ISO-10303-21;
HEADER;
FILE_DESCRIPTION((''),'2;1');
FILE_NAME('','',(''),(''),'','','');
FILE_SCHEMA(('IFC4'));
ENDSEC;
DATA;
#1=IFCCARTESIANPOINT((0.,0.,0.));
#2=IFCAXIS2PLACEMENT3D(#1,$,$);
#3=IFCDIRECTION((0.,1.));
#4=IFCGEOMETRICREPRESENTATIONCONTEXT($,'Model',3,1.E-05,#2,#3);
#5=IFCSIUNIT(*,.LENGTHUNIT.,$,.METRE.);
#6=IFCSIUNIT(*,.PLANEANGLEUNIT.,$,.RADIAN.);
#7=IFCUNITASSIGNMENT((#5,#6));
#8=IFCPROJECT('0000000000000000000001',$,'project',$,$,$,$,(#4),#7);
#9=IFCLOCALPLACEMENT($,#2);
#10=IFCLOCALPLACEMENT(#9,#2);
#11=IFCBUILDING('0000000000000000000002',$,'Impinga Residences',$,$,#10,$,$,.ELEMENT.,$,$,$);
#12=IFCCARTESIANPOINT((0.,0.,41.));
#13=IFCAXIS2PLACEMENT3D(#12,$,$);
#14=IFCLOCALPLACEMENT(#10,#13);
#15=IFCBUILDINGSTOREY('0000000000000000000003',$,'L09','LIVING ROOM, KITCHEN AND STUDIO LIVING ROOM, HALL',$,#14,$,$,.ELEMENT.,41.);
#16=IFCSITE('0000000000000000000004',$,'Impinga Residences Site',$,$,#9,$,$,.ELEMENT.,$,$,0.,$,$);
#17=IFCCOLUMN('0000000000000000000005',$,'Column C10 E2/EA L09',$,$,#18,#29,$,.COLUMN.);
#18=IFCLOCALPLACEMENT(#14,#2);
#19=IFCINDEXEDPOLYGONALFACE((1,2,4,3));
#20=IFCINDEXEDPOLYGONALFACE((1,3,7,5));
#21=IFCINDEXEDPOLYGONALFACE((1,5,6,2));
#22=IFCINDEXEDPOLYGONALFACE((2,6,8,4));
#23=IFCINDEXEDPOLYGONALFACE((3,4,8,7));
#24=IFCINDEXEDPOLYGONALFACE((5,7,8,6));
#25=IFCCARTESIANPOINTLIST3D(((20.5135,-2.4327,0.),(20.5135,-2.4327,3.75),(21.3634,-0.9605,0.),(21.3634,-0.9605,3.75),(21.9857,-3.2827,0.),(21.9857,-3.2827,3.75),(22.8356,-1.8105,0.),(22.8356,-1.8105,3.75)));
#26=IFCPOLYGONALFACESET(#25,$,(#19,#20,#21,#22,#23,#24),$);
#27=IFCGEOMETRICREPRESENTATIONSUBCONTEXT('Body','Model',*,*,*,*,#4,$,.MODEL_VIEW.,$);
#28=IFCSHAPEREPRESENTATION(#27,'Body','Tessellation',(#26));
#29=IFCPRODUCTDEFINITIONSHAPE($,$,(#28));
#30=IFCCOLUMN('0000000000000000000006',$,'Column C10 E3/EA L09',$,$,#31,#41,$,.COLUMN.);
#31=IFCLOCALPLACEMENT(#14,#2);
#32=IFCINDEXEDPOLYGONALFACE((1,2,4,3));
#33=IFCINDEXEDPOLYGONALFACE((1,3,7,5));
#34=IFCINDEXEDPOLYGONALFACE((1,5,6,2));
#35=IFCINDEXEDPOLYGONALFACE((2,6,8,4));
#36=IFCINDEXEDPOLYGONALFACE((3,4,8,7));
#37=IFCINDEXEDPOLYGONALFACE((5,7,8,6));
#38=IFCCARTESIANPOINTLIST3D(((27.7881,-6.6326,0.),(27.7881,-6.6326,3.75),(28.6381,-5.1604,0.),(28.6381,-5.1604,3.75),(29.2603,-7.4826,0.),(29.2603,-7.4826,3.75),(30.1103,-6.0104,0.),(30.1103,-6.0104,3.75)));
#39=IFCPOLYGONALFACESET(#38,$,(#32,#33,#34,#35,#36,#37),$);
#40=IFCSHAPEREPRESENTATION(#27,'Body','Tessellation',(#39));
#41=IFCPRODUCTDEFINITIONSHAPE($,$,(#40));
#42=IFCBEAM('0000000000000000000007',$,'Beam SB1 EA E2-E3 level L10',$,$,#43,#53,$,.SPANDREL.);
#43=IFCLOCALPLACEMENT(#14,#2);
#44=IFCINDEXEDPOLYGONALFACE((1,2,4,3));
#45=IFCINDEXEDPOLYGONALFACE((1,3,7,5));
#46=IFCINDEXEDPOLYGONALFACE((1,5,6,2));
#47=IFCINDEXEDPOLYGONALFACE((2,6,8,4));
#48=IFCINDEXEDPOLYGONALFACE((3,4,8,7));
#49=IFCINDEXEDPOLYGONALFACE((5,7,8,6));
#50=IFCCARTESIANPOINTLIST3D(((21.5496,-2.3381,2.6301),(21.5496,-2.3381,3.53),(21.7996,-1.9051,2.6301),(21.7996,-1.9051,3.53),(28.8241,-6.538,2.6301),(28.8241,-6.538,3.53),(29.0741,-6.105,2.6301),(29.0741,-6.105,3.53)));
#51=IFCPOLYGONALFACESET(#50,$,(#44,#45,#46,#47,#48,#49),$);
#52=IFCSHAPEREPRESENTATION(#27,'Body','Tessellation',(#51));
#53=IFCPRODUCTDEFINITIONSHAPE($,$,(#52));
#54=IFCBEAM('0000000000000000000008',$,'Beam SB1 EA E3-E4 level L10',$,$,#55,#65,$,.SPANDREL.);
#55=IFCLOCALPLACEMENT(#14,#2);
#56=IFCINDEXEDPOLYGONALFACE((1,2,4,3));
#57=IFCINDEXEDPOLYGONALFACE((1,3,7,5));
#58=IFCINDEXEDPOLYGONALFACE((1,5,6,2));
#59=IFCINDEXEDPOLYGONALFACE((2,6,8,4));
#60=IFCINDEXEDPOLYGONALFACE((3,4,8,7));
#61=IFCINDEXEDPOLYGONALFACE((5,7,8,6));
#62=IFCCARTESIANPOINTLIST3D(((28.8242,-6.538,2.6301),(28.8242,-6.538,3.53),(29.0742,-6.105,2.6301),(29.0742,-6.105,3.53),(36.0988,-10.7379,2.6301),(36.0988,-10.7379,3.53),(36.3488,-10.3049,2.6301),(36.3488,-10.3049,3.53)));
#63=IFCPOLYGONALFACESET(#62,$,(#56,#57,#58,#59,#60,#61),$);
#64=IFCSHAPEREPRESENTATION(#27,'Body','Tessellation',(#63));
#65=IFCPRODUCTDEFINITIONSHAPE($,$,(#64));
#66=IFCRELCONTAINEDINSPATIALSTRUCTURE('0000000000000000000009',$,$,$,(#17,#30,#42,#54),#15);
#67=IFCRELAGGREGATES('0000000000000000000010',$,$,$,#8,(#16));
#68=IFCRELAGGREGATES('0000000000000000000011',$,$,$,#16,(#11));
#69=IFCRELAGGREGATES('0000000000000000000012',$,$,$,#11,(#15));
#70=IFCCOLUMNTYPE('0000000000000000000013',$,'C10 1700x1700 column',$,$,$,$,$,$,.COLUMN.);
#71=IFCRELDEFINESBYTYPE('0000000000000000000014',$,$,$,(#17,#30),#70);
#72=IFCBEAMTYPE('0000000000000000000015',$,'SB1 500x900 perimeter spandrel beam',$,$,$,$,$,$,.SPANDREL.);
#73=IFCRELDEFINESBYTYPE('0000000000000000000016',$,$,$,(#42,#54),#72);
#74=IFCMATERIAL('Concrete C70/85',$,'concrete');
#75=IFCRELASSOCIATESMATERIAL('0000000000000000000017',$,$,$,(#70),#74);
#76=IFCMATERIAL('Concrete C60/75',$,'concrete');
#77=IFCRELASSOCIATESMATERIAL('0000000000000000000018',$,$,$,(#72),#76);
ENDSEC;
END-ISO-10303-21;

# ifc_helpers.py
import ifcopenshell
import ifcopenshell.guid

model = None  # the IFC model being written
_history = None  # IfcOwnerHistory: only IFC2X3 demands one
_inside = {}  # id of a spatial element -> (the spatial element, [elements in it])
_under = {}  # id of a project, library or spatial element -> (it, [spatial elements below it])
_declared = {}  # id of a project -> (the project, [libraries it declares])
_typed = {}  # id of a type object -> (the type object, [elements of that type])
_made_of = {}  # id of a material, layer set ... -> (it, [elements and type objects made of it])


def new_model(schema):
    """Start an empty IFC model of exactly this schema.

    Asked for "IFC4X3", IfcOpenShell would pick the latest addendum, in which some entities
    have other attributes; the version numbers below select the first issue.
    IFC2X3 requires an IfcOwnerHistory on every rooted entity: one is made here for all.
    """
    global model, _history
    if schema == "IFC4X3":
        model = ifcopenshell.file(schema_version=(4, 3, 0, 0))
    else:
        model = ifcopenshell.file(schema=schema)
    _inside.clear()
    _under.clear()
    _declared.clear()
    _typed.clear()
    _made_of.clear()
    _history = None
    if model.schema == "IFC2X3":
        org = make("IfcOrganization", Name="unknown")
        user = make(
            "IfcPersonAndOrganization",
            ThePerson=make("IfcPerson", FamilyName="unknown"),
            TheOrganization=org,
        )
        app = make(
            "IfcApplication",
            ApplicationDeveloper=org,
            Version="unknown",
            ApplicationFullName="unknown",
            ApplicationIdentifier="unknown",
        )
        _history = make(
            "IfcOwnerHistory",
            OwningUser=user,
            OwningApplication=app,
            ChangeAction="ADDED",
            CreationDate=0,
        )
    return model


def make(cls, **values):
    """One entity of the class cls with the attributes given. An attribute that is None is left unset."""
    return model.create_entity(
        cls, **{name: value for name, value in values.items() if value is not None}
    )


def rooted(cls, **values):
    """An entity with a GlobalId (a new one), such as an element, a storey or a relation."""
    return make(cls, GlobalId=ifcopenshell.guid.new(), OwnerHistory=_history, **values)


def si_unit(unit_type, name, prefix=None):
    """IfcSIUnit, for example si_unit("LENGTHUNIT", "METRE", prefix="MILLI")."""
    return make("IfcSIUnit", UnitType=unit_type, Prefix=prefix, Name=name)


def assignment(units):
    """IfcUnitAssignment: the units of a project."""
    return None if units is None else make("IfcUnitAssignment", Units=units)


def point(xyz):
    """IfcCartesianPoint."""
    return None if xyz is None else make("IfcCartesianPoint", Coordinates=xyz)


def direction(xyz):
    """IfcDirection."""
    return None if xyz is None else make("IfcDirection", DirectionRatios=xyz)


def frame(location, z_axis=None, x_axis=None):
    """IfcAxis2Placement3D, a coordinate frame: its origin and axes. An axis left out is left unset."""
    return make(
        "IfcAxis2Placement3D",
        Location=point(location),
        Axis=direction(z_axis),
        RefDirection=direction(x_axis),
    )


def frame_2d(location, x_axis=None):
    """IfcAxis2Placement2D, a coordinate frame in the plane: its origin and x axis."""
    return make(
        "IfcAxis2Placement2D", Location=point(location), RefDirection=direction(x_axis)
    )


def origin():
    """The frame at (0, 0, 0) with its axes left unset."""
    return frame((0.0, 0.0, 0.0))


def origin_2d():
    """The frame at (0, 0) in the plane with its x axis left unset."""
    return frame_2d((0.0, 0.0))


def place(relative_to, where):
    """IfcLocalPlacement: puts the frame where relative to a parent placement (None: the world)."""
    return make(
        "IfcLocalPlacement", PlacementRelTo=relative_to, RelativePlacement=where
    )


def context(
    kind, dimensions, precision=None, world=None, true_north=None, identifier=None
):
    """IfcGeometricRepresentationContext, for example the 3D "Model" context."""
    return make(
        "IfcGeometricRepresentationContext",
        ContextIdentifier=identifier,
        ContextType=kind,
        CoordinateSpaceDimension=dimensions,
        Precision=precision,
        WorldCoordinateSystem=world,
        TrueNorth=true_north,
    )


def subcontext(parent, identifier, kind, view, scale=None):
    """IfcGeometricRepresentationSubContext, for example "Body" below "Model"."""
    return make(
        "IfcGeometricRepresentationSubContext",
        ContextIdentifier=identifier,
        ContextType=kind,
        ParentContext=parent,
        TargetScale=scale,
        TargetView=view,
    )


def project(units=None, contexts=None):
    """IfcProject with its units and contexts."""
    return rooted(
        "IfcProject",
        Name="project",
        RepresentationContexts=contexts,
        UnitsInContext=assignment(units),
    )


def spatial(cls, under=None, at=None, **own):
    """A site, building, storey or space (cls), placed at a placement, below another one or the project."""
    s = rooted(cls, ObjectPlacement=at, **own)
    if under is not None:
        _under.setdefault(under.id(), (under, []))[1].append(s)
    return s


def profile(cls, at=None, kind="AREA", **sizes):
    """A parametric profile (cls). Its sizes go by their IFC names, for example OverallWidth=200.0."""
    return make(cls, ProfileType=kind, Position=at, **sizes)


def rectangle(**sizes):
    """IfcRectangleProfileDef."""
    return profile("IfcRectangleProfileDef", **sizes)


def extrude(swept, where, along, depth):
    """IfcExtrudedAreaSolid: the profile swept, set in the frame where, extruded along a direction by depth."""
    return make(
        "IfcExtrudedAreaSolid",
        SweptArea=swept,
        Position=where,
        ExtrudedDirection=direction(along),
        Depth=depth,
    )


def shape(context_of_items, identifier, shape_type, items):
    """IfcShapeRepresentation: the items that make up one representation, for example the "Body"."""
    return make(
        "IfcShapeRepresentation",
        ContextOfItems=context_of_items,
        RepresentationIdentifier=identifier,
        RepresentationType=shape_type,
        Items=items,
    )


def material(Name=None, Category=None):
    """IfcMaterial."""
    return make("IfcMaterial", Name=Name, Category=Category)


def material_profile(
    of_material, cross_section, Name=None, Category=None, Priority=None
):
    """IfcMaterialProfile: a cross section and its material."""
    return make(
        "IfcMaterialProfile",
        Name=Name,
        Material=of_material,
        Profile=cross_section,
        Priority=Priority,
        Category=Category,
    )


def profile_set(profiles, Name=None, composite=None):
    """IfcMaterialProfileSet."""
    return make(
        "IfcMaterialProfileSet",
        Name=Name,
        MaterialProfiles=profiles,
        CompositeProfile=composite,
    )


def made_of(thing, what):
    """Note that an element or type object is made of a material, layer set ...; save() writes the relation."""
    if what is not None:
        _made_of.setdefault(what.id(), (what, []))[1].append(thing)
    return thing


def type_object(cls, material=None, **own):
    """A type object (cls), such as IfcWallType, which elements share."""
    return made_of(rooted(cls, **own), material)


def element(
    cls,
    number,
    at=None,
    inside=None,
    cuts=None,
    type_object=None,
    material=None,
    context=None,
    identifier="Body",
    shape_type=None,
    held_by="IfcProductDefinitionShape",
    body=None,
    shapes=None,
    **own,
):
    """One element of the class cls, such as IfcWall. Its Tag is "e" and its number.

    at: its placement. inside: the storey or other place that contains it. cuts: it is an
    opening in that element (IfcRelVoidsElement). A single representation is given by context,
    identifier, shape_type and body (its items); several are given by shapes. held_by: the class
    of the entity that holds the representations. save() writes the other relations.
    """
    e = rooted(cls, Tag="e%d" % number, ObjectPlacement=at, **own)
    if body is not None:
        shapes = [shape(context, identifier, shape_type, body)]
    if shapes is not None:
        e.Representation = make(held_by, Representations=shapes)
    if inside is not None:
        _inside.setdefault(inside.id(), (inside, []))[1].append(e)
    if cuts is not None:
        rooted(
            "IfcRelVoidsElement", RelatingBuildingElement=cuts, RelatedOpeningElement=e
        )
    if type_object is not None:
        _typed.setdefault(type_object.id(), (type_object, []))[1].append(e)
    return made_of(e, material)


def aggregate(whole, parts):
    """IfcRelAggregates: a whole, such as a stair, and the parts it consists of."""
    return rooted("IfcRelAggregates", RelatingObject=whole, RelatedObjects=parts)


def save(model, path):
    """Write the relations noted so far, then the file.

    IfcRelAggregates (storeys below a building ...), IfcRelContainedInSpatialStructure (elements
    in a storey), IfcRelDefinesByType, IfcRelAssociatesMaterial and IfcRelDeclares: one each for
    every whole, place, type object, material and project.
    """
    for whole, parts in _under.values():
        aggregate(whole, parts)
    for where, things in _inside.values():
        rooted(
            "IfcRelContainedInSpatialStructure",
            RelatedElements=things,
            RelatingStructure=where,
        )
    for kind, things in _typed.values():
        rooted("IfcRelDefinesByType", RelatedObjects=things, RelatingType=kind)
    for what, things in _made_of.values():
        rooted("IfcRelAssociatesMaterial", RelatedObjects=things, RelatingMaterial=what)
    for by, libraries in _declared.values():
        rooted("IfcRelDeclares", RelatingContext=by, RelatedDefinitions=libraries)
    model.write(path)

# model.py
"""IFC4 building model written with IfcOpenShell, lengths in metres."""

from ifc_helpers import new_model, si_unit, direction, frame, origin, origin_2d, place, context, subcontext, project, spatial, rectangle, extrude, material, material_profile, profile_set, type_object, element, save


model = new_model("IFC4")

# Units and contexts
model_context = context("Model", 3, precision=1e-05, world=origin(), true_north=direction((0.0, 1.0)))
body_context = subcontext(model_context, "Body", "Model", "MODEL_VIEW")
ifc_project = project(units=[si_unit("LENGTHUNIT", "METRE"), si_unit("PLANEANGLEUNIT", "RADIAN")], contexts=[model_context])

# Site, building, storey
site_placement = place(None, origin())
site = spatial("IfcSite", under=ifc_project, at=site_placement, Name="Impinga Residences Site", CompositionType="ELEMENT", RefElevation=0.0)
building_placement = place(site_placement, origin())
building = spatial("IfcBuilding", under=site, at=building_placement, Name="Impinga Residences", CompositionType="ELEMENT")
storey_placement = place(building_placement, frame((0.0, 0.0, 41.0)))
storey = spatial("IfcBuildingStorey", under=building, at=storey_placement, Name="L09", Description="LIVING ROOM, KITCHEN AND STUDIO LIVING ROOM, HALL", CompositionType="ELEMENT", Elevation=41.0)

# Columns
ifc_material_1 = material(Name="Concrete C70/85", Category="concrete")
ifc_material_profile_1 = material_profile(ifc_material_1, rectangle(XDim=1.7, YDim=1.7, at=origin_2d()), Name="RC 1700x1700")
ifc_profile_set_1 = profile_set([ifc_material_profile_1], Name="Concrete C70/85")
column_type = type_object("IfcColumnType", Name="C10 1700x1700 column", PredefinedType="COLUMN", material=ifc_profile_set_1)
for number, where, z_axis, x_axis, name in (
    (1, (21.6746, -2.1216, 0.0), (0.0, 0.0, 1.0), (-0.5, -0.866025, 0.0), "Column C10 E2/EA L09"),
    (2, (28.9492, -6.3215, 0.0), (0.0, 0.0, 1.0), (-0.5, -0.866025, 0.0), "Column C10 E3/EA L09"),
):
    element("IfcColumn", number, at=place(storey_placement, frame(where, z_axis=z_axis, x_axis=x_axis)), inside=storey, type_object=column_type, Name=name, PredefinedType="COLUMN", context=body_context, shape_type="SweptSolid", body=[
        extrude(rectangle(XDim=1.7, YDim=1.7, at=origin_2d()), origin(), (0.0, 0.0, 1.0), 3.75),
    ])

# Beams
ifc_material_2 = material(Name="Concrete C60/75", Category="concrete")
ifc_material_profile_2 = material_profile(ifc_material_2, rectangle(XDim=0.5, YDim=0.8999, at=origin_2d()), Name="RC 500x900")
ifc_profile_set_2 = profile_set([ifc_material_profile_2], Name="Concrete C60/75")
beam_type = type_object("IfcBeamType", Name="SB1 500x900 perimeter spandrel beam", PredefinedType="SPANDREL", material=ifc_profile_set_2)
for number, where, z_axis, x_axis, name in (
    (3, (21.6746, -2.1216, 3.0801), (0.866029, -0.499993, 0.0), (0.499993, 0.866029, 0.0), "Beam SB1 EA E2-E3 level L10"),
    (4, (28.9492, -6.3215, 3.0801), (0.866029, -0.499993, 0.0), (0.499993, 0.866029, 0.0), "Beam SB1 EA E3-E4 level L10"),
):
    element("IfcBeam", number, at=place(storey_placement, frame(where, z_axis=z_axis, x_axis=x_axis)), inside=storey, type_object=beam_type, Name=name, PredefinedType="SPANDREL", context=body_context, shape_type="SweptSolid", body=[
        extrude(rectangle(XDim=0.5, YDim=0.8999, at=origin_2d()), origin(), (0.0, 0.0, 1.0), 8.3999),
    ])

save(model, "model.ifc")
